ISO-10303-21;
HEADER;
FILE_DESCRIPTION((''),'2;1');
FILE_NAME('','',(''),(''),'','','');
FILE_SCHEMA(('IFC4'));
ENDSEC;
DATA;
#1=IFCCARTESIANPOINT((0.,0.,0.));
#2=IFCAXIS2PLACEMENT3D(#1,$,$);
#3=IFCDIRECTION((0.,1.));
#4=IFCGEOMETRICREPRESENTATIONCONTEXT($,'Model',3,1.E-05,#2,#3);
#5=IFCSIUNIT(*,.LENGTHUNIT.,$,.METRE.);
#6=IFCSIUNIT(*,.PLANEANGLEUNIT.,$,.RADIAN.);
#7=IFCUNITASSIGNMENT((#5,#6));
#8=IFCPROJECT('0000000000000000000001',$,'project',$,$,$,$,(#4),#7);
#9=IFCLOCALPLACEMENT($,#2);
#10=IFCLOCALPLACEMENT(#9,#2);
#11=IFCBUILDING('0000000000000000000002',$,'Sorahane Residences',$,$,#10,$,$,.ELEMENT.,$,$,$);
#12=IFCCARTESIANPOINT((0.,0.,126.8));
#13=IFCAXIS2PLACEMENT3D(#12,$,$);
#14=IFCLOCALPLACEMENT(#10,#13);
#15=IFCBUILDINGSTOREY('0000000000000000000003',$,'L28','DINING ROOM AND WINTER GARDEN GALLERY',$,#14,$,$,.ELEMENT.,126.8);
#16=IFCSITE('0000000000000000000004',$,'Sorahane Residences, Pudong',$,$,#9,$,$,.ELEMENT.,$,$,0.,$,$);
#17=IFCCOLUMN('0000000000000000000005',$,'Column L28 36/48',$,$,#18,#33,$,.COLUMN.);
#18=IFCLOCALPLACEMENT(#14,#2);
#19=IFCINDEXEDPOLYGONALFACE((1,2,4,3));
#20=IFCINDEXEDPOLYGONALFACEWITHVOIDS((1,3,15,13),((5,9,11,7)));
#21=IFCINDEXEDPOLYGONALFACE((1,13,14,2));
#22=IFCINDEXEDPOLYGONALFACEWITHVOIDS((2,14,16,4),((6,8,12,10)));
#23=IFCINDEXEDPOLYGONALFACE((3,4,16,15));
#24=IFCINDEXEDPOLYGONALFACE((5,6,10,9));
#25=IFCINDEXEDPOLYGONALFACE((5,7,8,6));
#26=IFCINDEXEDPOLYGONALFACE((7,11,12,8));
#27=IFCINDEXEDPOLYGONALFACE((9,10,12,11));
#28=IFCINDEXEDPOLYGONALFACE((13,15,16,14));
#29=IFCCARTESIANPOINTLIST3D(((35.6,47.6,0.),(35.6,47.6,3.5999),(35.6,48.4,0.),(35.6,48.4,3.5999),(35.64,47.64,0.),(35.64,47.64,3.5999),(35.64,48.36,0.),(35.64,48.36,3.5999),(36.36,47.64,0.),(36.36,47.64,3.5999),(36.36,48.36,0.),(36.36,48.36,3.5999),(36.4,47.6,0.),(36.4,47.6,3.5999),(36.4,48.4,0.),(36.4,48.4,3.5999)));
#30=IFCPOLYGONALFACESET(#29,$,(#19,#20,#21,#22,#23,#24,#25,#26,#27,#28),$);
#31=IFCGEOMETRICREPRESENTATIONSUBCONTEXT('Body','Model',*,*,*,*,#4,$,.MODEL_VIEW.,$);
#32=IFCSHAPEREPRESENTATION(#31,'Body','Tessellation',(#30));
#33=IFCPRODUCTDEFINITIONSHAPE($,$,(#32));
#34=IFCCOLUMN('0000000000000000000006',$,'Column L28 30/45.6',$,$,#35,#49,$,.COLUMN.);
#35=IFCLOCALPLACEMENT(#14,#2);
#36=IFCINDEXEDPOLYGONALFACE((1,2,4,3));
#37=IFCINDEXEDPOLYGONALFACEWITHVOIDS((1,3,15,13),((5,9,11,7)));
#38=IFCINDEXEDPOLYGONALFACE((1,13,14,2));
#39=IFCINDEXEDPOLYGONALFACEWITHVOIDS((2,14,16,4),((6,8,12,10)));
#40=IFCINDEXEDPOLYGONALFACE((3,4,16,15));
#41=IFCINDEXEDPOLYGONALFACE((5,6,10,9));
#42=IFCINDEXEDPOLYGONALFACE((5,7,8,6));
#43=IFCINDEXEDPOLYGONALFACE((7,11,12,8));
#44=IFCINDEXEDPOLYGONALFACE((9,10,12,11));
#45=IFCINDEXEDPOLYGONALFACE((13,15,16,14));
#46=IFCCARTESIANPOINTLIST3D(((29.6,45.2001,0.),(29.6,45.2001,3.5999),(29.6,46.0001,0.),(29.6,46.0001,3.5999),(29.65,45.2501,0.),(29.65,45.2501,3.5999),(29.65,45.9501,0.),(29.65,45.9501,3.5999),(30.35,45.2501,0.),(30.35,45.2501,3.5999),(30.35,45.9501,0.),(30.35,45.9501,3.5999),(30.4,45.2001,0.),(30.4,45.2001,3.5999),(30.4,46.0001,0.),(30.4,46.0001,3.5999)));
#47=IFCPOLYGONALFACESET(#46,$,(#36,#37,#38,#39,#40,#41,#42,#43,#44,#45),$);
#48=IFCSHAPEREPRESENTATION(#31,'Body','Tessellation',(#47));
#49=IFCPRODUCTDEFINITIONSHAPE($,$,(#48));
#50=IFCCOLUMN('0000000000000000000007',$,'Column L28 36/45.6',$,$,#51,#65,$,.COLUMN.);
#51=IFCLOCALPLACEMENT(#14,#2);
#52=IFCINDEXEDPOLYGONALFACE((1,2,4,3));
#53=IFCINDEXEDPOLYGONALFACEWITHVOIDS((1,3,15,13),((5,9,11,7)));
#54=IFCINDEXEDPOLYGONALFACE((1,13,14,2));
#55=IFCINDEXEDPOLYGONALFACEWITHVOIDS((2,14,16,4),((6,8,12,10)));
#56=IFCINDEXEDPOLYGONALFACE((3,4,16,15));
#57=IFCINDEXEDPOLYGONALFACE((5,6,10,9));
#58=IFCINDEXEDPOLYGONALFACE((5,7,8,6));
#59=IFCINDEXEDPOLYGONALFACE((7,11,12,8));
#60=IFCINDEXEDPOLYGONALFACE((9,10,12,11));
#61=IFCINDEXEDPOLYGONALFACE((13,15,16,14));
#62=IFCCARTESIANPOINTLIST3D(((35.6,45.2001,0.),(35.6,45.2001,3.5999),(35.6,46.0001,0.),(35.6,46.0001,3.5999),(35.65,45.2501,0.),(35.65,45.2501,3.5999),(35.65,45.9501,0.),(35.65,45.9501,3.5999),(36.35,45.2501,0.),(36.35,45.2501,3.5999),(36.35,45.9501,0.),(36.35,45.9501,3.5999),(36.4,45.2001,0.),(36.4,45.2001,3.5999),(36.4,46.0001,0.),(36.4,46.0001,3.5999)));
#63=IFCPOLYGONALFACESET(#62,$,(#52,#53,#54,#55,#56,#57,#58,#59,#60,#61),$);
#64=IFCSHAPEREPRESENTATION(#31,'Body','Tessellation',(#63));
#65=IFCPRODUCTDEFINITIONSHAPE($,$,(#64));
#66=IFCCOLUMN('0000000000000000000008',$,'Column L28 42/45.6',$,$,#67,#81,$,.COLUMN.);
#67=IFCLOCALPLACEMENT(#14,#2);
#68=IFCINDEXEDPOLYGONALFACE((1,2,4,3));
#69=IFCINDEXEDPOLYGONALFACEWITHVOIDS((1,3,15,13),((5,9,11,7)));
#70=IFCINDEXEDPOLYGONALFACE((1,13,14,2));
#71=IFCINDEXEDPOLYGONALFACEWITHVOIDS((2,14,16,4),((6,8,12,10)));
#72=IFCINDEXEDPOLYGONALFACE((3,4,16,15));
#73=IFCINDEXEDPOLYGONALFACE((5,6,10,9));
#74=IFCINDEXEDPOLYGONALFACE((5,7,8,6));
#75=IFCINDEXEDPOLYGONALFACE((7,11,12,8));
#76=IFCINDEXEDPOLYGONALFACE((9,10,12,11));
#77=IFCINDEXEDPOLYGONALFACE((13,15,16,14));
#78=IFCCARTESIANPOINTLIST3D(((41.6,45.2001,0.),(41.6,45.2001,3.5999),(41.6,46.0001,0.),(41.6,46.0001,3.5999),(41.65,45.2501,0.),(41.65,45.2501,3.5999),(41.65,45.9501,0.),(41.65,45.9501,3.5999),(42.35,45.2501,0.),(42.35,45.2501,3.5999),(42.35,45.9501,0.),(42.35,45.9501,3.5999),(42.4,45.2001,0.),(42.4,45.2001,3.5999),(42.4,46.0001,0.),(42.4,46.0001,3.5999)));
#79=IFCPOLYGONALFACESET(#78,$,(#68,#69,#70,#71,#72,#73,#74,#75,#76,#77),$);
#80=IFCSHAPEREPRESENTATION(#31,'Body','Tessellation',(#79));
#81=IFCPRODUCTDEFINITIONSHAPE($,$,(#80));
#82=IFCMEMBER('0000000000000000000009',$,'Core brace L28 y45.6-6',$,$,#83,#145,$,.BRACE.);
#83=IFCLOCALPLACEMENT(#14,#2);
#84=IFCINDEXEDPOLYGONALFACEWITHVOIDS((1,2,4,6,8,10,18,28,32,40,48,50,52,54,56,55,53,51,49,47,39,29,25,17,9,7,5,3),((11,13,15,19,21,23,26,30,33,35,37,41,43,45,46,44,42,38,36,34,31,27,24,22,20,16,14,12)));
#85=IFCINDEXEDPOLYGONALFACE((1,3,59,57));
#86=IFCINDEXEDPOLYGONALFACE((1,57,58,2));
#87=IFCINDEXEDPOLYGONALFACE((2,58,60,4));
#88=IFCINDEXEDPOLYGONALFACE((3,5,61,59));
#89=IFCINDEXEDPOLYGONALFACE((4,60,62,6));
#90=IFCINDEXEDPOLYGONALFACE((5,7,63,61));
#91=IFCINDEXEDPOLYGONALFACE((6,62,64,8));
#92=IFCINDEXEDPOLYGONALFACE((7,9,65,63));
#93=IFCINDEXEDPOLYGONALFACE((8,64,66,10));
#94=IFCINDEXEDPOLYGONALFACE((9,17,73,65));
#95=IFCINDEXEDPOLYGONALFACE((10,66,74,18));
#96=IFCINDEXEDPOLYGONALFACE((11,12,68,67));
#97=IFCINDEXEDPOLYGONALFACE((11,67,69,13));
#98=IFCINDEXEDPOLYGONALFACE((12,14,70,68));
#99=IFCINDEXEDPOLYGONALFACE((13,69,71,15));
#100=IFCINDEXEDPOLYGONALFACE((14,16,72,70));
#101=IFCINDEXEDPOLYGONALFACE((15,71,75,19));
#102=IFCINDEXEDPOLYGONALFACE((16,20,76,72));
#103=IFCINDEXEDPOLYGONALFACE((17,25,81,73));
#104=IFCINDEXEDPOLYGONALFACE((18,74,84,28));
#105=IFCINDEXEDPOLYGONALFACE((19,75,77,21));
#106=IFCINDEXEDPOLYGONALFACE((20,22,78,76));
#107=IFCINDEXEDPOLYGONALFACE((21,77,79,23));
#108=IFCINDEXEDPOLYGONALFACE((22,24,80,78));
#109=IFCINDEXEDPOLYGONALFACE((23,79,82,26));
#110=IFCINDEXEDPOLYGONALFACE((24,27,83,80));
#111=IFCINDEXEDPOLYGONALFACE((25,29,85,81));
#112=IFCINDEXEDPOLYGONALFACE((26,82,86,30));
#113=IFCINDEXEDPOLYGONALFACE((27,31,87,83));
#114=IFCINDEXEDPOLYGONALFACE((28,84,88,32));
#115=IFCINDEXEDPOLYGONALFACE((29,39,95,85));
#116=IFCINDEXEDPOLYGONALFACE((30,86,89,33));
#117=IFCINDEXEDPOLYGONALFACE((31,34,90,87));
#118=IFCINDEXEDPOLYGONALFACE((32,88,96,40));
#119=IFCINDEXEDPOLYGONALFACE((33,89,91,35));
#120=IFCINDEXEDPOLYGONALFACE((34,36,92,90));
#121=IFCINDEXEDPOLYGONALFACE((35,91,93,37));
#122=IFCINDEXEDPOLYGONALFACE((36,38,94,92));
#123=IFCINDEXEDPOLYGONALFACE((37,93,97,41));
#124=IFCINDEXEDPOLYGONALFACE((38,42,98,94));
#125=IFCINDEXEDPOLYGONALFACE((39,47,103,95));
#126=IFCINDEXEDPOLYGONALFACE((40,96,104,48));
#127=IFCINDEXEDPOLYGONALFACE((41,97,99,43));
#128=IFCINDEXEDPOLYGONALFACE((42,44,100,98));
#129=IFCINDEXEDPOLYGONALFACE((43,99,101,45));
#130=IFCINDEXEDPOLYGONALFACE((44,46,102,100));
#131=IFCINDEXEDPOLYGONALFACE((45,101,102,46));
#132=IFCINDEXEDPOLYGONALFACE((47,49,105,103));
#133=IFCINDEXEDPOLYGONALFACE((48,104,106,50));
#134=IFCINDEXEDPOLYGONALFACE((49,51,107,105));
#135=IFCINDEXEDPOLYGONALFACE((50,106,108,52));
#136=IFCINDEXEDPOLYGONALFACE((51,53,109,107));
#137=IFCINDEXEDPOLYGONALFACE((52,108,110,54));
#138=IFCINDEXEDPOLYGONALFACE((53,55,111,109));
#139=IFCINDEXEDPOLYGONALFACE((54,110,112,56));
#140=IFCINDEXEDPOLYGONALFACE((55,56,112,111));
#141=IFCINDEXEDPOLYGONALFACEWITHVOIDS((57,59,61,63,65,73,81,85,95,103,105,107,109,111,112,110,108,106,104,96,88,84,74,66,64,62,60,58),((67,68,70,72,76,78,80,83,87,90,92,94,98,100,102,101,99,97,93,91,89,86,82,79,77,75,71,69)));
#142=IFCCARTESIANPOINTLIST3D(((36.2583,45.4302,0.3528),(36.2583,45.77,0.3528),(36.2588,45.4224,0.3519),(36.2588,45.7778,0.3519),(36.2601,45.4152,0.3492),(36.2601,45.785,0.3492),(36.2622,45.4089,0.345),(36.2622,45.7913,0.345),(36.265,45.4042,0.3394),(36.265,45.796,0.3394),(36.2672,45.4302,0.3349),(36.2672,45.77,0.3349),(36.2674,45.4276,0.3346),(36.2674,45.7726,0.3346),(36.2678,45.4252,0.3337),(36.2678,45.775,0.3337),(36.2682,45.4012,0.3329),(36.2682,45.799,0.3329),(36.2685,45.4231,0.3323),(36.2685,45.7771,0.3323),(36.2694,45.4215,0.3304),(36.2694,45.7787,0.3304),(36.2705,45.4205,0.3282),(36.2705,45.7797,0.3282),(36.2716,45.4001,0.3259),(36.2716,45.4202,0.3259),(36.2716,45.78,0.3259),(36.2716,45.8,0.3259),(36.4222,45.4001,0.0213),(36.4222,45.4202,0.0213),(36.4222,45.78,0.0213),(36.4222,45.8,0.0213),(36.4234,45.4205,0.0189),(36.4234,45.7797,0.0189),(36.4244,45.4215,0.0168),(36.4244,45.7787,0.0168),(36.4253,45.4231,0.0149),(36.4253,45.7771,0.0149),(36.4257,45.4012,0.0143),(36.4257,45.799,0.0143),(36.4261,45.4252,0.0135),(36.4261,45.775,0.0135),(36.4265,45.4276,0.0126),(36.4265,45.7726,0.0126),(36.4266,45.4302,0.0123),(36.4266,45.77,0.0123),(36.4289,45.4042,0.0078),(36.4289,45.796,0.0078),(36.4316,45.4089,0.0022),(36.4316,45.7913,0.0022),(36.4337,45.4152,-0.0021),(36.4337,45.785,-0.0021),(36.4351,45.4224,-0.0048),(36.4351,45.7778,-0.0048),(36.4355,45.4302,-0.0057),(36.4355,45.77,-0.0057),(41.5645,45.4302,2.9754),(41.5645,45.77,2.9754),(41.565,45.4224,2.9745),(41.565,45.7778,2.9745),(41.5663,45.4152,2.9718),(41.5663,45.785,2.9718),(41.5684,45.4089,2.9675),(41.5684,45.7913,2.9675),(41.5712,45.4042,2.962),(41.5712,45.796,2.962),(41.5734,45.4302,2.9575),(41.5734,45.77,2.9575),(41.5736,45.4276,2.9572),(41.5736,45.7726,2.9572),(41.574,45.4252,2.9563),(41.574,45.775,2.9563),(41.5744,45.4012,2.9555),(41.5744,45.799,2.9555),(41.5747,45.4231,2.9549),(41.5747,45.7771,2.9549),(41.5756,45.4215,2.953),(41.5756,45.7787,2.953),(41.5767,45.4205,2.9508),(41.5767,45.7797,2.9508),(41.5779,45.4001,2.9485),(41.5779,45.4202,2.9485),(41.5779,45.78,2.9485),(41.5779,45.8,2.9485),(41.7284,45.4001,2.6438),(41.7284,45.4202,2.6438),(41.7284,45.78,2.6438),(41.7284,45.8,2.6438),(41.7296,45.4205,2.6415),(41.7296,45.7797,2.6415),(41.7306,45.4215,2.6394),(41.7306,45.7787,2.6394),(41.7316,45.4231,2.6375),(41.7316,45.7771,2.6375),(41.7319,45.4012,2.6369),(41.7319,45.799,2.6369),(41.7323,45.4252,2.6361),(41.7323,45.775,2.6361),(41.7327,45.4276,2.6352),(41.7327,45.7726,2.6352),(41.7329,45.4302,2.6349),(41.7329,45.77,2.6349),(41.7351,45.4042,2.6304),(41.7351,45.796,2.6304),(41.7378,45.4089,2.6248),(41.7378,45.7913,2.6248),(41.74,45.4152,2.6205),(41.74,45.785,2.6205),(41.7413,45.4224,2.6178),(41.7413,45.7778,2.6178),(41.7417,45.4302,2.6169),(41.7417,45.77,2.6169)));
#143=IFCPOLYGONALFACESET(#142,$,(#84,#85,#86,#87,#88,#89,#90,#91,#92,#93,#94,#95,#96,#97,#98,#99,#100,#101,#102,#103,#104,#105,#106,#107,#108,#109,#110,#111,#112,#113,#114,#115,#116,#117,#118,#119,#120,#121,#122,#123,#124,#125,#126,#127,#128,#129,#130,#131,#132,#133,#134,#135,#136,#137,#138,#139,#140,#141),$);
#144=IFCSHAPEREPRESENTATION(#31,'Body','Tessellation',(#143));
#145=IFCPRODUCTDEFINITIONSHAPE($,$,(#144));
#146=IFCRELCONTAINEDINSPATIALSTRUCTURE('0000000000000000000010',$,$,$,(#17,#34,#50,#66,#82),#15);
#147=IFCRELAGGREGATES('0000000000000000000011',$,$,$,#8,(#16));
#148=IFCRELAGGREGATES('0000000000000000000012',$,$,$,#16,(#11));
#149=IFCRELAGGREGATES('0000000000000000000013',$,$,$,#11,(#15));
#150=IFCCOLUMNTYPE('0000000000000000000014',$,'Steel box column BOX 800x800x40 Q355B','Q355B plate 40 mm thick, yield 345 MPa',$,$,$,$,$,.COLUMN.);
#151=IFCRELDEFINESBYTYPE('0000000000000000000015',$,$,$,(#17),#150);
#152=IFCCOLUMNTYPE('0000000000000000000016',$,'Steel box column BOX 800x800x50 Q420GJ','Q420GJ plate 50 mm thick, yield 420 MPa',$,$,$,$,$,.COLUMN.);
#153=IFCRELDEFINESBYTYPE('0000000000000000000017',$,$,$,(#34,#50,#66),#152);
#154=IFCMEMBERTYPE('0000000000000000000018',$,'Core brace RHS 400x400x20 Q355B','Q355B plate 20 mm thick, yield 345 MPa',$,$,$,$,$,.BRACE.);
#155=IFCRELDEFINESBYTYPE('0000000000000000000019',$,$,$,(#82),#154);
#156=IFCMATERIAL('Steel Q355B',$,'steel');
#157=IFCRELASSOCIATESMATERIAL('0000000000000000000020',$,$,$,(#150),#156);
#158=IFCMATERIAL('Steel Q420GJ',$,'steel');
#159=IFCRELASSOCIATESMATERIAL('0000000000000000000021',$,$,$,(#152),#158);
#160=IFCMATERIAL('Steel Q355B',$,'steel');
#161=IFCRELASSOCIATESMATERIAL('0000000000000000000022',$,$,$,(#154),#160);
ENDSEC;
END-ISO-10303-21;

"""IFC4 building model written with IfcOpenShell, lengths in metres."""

from ifc_helpers import new_model, si_unit, direction, frame, origin, origin_2d, place, context, subcontext, project, spatial, hollow_rectangle, extrude, material, material_profile, profile_set, type_object, element, save


model = new_model("IFC4")

# Units and contexts
model_context = context("Model", 3, precision=1e-05, world=origin(), true_north=direction((0.0, 1.0)))
body_context = subcontext(model_context, "Body", "Model", "MODEL_VIEW")
ifc_project = project(units=[si_unit("LENGTHUNIT", "METRE"), si_unit("PLANEANGLEUNIT", "RADIAN")], contexts=[model_context])

# Site, building, storey
site_placement = place(None, origin())
site = spatial("IfcSite", under=ifc_project, at=site_placement, Name="Sorahane Residences, Pudong", CompositionType="ELEMENT", RefElevation=0.0)
building_placement = place(site_placement, origin())
building = spatial("IfcBuilding", under=site, at=building_placement, Name="Sorahane Residences", CompositionType="ELEMENT")
storey_placement = place(building_placement, frame((0.0, 0.0, 126.8)))
storey = spatial("IfcBuildingStorey", under=building, at=storey_placement, Name="L28", Description="DINING ROOM AND WINTER GARDEN GALLERY", CompositionType="ELEMENT", Elevation=126.8)

# Columns
ifc_material_1 = material(Name="Steel Q355B", Category="steel")
ifc_material_profile_1 = material_profile(ifc_material_1, hollow_rectangle(XDim=0.8, YDim=0.8, WallThickness=0.04, at=origin_2d()), Name="BOX 800x800x40")
ifc_profile_set_1 = profile_set([ifc_material_profile_1], Name="Steel Q355B")
column_type_1 = type_object("IfcColumnType", Name="Steel box column BOX 800x800x40 Q355B", Description="Q355B plate 40 mm thick, yield 345 MPa", PredefinedType="COLUMN", material=ifc_profile_set_1)
column_placement = place(storey_placement, frame((36.0, 48.0, 0.0), z_axis=(0.0, 0.0, 1.0), x_axis=(1.0, 0.0, 0.0)))
element("IfcColumn", 1, at=column_placement, inside=storey, type_object=column_type_1, Name="Column L28 36/48", PredefinedType="COLUMN", context=body_context, shape_type="SweptSolid", body=[
    extrude(hollow_rectangle(XDim=0.8, YDim=0.8, WallThickness=0.04, at=origin_2d()), origin(), (0.0, 0.0, 1.0), 3.5999),
])
ifc_material_2 = material(Name="Steel Q420GJ", Category="steel")
ifc_material_profile_2 = material_profile(ifc_material_2, hollow_rectangle(XDim=0.8, YDim=0.8, WallThickness=0.05, at=origin_2d()), Name="BOX 800x800x50")
ifc_profile_set_2 = profile_set([ifc_material_profile_2], Name="Steel Q420GJ")
column_type_2 = type_object("IfcColumnType", Name="Steel box column BOX 800x800x50 Q420GJ", Description="Q420GJ plate 50 mm thick, yield 420 MPa", PredefinedType="COLUMN", material=ifc_profile_set_2)
for number, where, z_axis, x_axis, name in (
    (2, (30.0, 45.6001, 0.0), (0.0, 0.0, 1.0), (1.0, 0.0, 0.0), "Column L28 30/45.6"),
    (3, (36.0, 45.6001, 0.0), (0.0, 0.0, 1.0), (1.0, 0.0, 0.0), "Column L28 36/45.6"),
    (4, (42.0, 45.6001, 0.0), (0.0, 0.0, 1.0), (1.0, 0.0, 0.0), "Column L28 42/45.6"),
):
    element("IfcColumn", number, at=place(storey_placement, frame(where, z_axis=z_axis, x_axis=x_axis)), inside=storey, type_object=column_type_2, Name=name, PredefinedType="COLUMN", context=body_context, shape_type="SweptSolid", body=[
        extrude(hollow_rectangle(XDim=0.8, YDim=0.8, WallThickness=0.05, at=origin_2d()), origin(), (0.0, 0.0, 1.0), 3.5999),
    ])

# Member
ifc_material_3 = material(Name="Steel Q355B", Category="steel")
ifc_material_profile_3 = material_profile(ifc_material_3, hollow_rectangle(XDim=0.3999, YDim=0.3999, WallThickness=0.02, InnerFilletRadius=0.01, OuterFilletRadius=0.03, at=origin_2d()), Name="RHS 400x400x20")
ifc_profile_set_3 = profile_set([ifc_material_profile_3], Name="Steel Q355B")
member_type_1 = type_object("IfcMemberType", Name="Core brace RHS 400x400x20 Q355B", Description="Q355B plate 20 mm thick, yield 345 MPa", PredefinedType="BRACE", material=ifc_profile_set_3)
member_1_placement = place(storey_placement, frame((36.3469, 45.6001, 0.1736), z_axis=(0.89648, 0.0, 0.443084), x_axis=(0.0, 1.0, 0.0)))
element("IfcMember", 5, at=member_1_placement, inside=storey, type_object=member_type_1, Name="Core brace L28 y45.6-6", PredefinedType="BRACE", context=body_context, shape_type="SweptSolid", body=[
    extrude(hollow_rectangle(XDim=0.3999, YDim=0.3999, WallThickness=0.02, InnerFilletRadius=0.01, OuterFilletRadius=0.03, at=origin_2d()), origin(), (0.0, 0.0, 1.0), 5.9189),
])

save(model, "model.ifc")
